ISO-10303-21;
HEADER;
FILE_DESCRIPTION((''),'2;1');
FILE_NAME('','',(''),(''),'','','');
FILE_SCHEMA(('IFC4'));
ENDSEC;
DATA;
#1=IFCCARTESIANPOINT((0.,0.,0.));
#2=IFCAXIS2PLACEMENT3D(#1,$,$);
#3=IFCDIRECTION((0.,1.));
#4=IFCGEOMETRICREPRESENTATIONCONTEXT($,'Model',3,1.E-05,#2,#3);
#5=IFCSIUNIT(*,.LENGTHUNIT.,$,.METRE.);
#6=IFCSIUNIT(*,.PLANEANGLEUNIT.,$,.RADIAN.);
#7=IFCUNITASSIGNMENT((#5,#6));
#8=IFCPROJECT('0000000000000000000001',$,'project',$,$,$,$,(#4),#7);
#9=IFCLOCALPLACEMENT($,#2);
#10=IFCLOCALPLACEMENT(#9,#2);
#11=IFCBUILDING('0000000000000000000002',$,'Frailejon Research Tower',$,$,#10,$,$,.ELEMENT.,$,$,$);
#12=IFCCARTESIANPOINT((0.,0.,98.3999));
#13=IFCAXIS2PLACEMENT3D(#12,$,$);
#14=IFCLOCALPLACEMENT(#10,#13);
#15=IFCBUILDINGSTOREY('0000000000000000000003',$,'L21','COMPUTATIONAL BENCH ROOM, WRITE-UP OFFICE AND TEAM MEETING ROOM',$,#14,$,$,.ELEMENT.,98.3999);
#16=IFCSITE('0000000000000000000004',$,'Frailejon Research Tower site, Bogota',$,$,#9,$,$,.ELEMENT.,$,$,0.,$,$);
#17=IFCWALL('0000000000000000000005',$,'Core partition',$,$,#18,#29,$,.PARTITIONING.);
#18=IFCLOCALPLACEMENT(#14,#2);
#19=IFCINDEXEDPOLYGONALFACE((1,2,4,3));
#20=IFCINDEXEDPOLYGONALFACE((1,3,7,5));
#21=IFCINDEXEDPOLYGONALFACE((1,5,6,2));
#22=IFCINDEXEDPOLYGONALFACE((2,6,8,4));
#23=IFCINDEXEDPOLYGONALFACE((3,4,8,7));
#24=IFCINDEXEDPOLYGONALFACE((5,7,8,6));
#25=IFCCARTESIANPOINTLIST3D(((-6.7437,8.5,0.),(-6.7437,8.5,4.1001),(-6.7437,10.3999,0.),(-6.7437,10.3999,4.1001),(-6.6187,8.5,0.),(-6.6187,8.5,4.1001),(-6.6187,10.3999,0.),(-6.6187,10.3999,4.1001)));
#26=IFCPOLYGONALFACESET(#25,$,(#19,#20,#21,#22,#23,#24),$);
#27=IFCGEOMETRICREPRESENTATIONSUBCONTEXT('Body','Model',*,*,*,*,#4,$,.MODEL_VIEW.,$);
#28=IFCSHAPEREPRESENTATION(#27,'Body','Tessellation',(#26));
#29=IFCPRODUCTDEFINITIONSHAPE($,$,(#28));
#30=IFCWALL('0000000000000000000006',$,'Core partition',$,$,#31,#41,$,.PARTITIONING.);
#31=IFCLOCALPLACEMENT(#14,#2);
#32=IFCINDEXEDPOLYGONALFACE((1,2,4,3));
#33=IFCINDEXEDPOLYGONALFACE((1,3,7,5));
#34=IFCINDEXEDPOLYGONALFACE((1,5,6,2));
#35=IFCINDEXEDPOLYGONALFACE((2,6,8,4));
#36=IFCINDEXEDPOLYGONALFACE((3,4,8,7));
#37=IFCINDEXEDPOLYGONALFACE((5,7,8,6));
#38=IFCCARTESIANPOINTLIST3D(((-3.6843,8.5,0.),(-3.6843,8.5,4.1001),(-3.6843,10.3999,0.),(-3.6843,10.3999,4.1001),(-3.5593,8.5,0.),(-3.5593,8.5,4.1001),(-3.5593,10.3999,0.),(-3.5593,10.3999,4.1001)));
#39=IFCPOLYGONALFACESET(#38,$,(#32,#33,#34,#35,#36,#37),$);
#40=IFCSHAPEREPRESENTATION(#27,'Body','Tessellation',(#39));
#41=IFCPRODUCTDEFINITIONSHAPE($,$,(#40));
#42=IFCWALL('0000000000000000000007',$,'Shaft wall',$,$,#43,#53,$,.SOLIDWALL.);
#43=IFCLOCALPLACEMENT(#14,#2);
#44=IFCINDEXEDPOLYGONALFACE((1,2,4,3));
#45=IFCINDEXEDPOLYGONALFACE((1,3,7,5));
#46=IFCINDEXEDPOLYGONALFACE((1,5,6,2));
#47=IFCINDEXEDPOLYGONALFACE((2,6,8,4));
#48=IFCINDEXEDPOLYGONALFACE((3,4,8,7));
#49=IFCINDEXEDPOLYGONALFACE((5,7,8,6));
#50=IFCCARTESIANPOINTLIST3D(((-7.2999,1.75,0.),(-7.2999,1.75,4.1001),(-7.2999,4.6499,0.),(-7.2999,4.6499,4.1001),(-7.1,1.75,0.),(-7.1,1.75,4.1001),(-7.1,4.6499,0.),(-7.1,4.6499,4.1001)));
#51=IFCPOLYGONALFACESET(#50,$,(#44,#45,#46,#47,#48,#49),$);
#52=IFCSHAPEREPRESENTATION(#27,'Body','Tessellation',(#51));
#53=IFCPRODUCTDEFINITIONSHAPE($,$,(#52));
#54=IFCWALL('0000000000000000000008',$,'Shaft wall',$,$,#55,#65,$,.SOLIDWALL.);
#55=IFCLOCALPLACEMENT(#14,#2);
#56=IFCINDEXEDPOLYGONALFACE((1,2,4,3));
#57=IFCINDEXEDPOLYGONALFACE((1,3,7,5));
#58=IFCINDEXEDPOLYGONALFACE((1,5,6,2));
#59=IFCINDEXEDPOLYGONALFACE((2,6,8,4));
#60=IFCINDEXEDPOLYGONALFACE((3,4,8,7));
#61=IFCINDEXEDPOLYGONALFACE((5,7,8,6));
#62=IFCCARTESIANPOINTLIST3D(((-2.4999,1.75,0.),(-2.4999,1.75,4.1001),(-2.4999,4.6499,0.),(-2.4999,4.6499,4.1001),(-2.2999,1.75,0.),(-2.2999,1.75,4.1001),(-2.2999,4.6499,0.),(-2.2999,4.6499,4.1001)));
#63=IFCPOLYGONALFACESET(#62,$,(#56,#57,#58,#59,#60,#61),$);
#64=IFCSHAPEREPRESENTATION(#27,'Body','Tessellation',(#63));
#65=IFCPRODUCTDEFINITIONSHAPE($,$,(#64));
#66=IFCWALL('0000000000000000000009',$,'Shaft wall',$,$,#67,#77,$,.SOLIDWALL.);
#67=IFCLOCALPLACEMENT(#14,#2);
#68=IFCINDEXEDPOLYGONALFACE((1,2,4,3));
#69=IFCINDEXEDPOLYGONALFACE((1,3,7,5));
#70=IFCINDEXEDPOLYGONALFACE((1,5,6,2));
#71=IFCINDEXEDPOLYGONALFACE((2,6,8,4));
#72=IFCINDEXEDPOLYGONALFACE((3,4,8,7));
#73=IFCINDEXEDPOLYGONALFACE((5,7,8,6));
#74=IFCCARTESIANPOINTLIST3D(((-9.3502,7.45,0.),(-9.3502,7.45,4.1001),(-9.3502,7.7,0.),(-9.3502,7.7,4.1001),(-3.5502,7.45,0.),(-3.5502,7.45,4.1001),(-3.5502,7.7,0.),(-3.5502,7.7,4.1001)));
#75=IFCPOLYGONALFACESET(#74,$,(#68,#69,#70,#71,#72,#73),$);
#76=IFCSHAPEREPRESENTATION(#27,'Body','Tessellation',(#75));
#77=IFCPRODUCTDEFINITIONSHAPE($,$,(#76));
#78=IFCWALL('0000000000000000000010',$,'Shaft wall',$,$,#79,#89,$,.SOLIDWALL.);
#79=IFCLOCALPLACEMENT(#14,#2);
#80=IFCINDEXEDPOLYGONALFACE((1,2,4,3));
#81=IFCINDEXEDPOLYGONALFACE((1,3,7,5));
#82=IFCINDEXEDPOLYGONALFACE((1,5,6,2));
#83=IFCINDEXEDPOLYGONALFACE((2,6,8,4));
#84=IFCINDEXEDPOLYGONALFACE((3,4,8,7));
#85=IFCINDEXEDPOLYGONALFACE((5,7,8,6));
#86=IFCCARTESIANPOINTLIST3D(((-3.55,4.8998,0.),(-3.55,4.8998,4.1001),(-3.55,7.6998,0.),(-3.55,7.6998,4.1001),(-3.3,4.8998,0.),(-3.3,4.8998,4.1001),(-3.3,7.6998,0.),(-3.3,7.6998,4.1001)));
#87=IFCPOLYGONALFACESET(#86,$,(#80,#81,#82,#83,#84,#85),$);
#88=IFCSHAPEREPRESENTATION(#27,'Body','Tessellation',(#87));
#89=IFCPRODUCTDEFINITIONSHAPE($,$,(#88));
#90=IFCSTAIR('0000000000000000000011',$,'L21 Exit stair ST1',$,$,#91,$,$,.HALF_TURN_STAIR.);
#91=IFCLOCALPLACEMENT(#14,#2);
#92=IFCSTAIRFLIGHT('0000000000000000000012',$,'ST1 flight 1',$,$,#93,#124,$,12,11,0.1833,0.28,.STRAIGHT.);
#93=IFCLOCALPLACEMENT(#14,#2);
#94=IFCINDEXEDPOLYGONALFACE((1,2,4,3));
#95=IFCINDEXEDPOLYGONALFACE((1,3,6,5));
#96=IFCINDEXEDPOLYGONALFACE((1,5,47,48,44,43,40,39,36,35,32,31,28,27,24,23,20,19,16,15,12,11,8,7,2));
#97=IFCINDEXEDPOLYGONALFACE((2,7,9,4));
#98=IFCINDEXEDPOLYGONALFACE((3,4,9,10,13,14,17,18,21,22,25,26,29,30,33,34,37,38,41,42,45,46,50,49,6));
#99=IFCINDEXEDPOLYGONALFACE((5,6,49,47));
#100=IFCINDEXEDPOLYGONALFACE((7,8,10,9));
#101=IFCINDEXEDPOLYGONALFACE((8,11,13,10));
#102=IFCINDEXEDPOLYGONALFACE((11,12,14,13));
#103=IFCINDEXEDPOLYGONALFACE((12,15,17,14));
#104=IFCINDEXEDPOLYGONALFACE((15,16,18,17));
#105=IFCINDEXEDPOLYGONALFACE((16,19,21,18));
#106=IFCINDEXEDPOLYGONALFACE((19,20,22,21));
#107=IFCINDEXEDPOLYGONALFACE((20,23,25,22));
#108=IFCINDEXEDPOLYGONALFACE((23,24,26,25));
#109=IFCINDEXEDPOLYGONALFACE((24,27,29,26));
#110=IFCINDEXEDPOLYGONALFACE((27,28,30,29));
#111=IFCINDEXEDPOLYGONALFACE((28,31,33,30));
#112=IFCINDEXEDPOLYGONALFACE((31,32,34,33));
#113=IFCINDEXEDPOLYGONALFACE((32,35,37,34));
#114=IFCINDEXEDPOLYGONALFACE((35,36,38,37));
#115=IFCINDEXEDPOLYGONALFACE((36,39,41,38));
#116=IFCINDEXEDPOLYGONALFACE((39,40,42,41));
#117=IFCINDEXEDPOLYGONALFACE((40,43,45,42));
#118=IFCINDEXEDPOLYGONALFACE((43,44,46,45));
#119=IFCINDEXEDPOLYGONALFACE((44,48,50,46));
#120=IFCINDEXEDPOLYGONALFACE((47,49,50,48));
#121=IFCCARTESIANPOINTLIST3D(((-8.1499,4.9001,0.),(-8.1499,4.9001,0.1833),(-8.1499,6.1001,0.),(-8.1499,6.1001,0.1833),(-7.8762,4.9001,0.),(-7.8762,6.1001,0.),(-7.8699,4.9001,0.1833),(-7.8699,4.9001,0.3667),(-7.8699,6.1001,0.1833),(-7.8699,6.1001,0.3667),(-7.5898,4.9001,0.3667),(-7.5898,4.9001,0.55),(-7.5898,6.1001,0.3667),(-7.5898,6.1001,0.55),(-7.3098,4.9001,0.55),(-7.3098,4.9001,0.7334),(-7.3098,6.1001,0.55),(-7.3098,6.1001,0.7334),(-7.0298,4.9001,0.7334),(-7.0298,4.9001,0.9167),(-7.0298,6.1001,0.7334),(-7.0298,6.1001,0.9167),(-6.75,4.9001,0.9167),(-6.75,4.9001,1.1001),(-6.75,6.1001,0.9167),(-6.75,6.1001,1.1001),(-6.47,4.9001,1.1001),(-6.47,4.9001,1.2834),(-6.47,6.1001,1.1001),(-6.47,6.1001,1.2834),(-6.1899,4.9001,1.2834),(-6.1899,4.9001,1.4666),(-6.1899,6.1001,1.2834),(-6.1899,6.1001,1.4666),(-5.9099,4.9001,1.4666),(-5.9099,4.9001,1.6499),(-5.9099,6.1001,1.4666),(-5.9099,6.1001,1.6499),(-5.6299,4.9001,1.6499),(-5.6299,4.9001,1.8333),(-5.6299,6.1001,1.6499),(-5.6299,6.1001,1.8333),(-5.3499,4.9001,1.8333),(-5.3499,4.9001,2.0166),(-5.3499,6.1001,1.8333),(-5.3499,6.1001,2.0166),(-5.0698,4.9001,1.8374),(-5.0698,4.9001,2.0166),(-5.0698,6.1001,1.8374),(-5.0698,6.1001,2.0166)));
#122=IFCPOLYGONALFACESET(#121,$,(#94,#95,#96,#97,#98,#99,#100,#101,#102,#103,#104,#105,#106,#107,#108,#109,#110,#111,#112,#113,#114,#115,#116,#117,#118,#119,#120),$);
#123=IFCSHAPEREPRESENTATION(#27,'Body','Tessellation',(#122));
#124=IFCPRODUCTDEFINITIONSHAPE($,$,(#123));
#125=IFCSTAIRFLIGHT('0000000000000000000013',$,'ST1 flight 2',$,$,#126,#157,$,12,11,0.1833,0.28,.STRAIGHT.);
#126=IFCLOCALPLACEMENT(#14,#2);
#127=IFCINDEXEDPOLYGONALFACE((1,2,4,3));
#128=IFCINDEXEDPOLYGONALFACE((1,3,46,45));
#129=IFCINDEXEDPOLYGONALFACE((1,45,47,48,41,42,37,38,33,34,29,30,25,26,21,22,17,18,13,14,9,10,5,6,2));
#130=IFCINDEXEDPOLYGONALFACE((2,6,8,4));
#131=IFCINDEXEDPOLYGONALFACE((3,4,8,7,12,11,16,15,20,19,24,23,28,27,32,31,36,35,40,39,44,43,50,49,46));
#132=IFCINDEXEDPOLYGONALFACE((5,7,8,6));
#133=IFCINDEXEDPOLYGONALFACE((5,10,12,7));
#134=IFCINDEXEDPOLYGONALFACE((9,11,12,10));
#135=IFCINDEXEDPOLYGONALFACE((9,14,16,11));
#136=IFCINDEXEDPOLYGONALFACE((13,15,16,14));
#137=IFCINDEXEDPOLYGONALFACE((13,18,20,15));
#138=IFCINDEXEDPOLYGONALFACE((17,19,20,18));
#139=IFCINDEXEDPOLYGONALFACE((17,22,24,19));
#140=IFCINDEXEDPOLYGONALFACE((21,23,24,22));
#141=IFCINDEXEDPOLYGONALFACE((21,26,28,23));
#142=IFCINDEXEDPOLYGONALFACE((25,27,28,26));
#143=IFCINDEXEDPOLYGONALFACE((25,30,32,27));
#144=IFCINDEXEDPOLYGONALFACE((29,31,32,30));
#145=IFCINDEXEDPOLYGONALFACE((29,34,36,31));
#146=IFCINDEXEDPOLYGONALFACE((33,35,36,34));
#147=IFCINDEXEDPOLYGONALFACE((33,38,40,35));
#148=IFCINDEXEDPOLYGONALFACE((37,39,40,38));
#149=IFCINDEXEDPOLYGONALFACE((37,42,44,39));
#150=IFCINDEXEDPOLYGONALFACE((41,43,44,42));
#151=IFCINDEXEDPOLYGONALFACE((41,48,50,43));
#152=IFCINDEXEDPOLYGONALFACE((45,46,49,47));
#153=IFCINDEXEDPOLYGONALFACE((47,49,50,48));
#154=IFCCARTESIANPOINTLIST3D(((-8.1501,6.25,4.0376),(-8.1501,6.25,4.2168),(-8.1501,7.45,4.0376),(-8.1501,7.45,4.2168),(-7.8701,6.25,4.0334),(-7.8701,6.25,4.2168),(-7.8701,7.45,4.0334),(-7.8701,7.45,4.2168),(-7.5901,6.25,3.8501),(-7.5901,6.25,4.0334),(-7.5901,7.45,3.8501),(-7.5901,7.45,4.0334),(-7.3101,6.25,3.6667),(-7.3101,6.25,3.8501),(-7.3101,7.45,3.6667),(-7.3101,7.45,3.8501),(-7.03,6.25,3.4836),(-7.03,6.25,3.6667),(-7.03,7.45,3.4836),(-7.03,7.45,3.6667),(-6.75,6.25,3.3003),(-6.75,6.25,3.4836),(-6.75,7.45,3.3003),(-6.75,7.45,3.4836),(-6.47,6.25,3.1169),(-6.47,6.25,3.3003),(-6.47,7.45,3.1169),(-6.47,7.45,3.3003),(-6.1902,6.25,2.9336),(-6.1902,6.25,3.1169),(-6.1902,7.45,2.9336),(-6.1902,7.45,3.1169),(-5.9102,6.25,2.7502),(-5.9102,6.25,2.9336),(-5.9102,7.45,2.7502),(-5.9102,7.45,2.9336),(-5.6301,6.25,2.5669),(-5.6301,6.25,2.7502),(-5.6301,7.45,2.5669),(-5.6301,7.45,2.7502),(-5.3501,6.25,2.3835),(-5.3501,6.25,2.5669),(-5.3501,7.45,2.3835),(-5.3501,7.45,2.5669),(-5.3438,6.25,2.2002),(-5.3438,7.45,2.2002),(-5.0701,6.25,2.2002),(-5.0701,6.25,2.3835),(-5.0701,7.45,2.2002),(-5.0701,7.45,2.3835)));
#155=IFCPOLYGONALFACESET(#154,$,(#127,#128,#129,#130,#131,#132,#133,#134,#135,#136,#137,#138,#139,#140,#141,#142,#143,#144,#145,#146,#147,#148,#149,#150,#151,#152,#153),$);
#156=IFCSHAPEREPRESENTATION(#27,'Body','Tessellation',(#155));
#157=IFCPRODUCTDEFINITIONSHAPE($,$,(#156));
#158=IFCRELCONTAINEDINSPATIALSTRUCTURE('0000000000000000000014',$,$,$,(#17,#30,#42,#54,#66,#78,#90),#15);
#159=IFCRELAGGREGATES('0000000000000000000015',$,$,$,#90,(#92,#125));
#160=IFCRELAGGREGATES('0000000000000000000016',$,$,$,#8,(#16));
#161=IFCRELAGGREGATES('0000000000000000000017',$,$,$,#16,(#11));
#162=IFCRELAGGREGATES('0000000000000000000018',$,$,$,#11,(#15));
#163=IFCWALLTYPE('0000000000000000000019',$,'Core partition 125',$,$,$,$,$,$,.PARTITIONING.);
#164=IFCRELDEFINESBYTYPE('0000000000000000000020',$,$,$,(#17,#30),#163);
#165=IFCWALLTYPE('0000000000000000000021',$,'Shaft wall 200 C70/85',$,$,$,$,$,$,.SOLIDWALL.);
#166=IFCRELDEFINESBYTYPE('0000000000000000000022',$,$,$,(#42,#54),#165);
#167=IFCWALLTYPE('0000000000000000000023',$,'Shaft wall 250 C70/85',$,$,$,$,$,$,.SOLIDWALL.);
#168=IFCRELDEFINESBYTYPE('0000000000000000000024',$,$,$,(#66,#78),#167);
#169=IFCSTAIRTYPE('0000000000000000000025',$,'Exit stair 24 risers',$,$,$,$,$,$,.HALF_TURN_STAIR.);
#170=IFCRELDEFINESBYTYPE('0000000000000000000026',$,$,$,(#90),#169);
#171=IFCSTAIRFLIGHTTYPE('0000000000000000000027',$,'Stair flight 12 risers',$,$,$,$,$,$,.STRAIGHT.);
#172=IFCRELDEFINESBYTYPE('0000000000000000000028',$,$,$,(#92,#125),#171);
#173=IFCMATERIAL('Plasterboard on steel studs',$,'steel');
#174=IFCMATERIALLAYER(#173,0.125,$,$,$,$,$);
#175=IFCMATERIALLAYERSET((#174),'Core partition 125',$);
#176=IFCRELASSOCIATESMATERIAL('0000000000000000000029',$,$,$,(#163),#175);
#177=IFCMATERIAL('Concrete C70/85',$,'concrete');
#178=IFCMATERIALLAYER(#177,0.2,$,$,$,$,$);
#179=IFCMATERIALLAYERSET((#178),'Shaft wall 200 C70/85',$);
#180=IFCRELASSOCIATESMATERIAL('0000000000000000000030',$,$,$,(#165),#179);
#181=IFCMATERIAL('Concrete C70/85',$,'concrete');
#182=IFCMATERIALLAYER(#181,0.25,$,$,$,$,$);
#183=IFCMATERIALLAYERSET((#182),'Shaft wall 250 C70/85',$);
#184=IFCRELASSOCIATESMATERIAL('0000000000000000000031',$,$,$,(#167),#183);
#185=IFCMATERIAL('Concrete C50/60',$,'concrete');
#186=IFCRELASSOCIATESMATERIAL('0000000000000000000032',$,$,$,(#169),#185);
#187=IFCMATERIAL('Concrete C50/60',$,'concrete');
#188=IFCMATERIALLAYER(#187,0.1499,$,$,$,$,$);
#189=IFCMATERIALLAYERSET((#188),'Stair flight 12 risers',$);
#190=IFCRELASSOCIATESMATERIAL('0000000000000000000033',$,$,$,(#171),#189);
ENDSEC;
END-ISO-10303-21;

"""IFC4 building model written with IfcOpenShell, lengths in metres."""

from ifc_helpers import new_model, si_unit, direction, frame, frame_2d, origin, place, context, subcontext, project, spatial, polyline, rectangle, outline, extrude, material, layer, layer_set, type_object, element, aggregate, save


model = new_model("IFC4")

# Units and contexts
model_context = context("Model", 3, precision=1e-05, world=origin(), true_north=direction((0.0, 1.0)))
body_context = subcontext(model_context, "Body", "Model", "MODEL_VIEW")
ifc_project = project(units=[si_unit("LENGTHUNIT", "METRE"), si_unit("PLANEANGLEUNIT", "RADIAN")], contexts=[model_context])

# Site, building, storey
site_placement = place(None, origin())
site = spatial("IfcSite", under=ifc_project, at=site_placement, Name="Frailejon Research Tower site, Bogota", CompositionType="ELEMENT", RefElevation=0.0)
building_placement = place(site_placement, origin())
building = spatial("IfcBuilding", under=site, at=building_placement, Name="Frailejon Research Tower", CompositionType="ELEMENT")
storey_placement = place(building_placement, frame((0.0, 0.0, 98.3999)))
storey = spatial("IfcBuildingStorey", under=building, at=storey_placement, Name="L21", Description="COMPUTATIONAL BENCH ROOM, WRITE-UP OFFICE AND TEAM MEETING ROOM", CompositionType="ELEMENT", Elevation=98.3999)

# Walls
ifc_material_1 = material(Name="Plasterboard on steel studs", Category="steel")
ifc_layer_1 = layer(ifc_material_1, 0.125)
ifc_layer_set_1 = layer_set([ifc_layer_1], Name="Core partition 125")
wall_type_1 = type_object("IfcWallType", Name="Core partition 125", PredefinedType="PARTITIONING", material=ifc_layer_set_1)
for number, where, z_axis, x_axis, name in (
    (1, (-6.6812, 8.5, 0.0), (0.0, 0.0, 1.0), (0.0, 1.0, 0.0), "Core partition"),
    (2, (-3.6218, 8.5, 0.0), (0.0, 0.0, 1.0), (0.0, 1.0, 0.0), "Core partition"),
):
    element("IfcWall", number, at=place(storey_placement, frame(where, z_axis=z_axis, x_axis=x_axis)), inside=storey, type_object=wall_type_1, Name=name, PredefinedType="PARTITIONING", context=body_context, shape_type="SweptSolid", body=[
        extrude(rectangle(XDim=1.8999, YDim=0.125, at=frame_2d((0.95, 0.0))), origin(), (0.0, 0.0, 1.0), 4.1001),
    ])
ifc_material_2 = material(Name="Concrete C70/85", Category="concrete")
ifc_layer_2 = layer(ifc_material_2, 0.2)
ifc_layer_set_2 = layer_set([ifc_layer_2], Name="Shaft wall 200 C70/85")
wall_type_2 = type_object("IfcWallType", Name="Shaft wall 200 C70/85", PredefinedType="SOLIDWALL", material=ifc_layer_set_2)
for number, where, z_axis, x_axis, name in (
    (3, (-7.2, 1.75, 0.0), (0.0, 0.0, 1.0), (0.0, 1.0, 0.0), "Shaft wall"),
    (4, (-2.3999, 1.75, 0.0), (0.0, 0.0, 1.0), (0.0, 1.0, 0.0), "Shaft wall"),
):
    element("IfcWall", number, at=place(storey_placement, frame(where, z_axis=z_axis, x_axis=x_axis)), inside=storey, type_object=wall_type_2, Name=name, PredefinedType="SOLIDWALL", context=body_context, shape_type="SweptSolid", body=[
        extrude(rectangle(XDim=2.8999, YDim=0.2, at=frame_2d((1.45, 0.0))), origin(), (0.0, 0.0, 1.0), 4.1001),
    ])
ifc_material_3 = material(Name="Concrete C70/85", Category="concrete")
ifc_layer_3 = layer(ifc_material_3, 0.25)
ifc_layer_set_3 = layer_set([ifc_layer_3], Name="Shaft wall 250 C70/85")
wall_type_3 = type_object("IfcWallType", Name="Shaft wall 250 C70/85", PredefinedType="SOLIDWALL", material=ifc_layer_set_3)
wall_1_placement = place(storey_placement, frame((-9.3501, 7.575, 0.0), z_axis=(0.0, 0.0, 1.0), x_axis=(1.0, 0.0, 0.0)))
element("IfcWall", 5, at=wall_1_placement, inside=storey, type_object=wall_type_3, Name="Shaft wall", PredefinedType="SOLIDWALL", context=body_context, shape_type="SweptSolid", body=[
    extrude(rectangle(XDim=5.8, YDim=0.25, at=frame_2d((2.8999, 0.0))), origin(), (0.0, 0.0, 1.0), 4.1001),
])
wall_2_placement = place(storey_placement, frame((-3.425, 4.8999, 0.0), z_axis=(0.0, 0.0, 1.0), x_axis=(0.0, 1.0, 0.0)))
element("IfcWall", 6, at=wall_2_placement, inside=storey, type_object=wall_type_3, Name="Shaft wall", PredefinedType="SOLIDWALL", context=body_context, shape_type="SweptSolid", body=[
    extrude(rectangle(XDim=2.8, YDim=0.25, at=frame_2d((1.3999, 0.0))), origin(), (0.0, 0.0, 1.0), 4.1001),
])

# Stair, stair flights
ifc_material_4 = material(Name="Concrete C50/60", Category="concrete")
stair_type = type_object("IfcStairType", Name="Exit stair 24 risers", PredefinedType="HALF_TURN_STAIR", material=ifc_material_4)
stair_placement = place(storey_placement, origin())
stair = element("IfcStair", 7, at=stair_placement, inside=storey, type_object=stair_type, Name="L21 Exit stair ST1", PredefinedType="HALF_TURN_STAIR")
ifc_material_5 = material(Name="Concrete C50/60", Category="concrete")
ifc_layer_4 = layer(ifc_material_5, 0.1499)
ifc_layer_set_4 = layer_set([ifc_layer_4], Name="Stair flight 12 risers")
stair_flight_type = type_object("IfcStairFlightType", Name="Stair flight 12 risers", PredefinedType="STRAIGHT", material=ifc_layer_set_4)
stair_flight_1_placement = place(storey_placement, frame((-8.1499, 5.5, 0.0), z_axis=(0.0, 0.0, 1.0), x_axis=(1.0, 0.0, 0.0)))
stair_flight_1 = element("IfcStairFlight", 8, at=stair_flight_1_placement, type_object=stair_flight_type, Name="ST1 flight 1", NumberOfRisers=12, NumberOfTreads=11, PredefinedType="STRAIGHT", RiserHeight=0.1833, TreadLength=0.28, context=body_context, shape_type="SweptSolid", body=[
    extrude(outline(polyline([(0.0, 0.0), (0.0, 0.1833), (0.28, 0.1833), (0.28, 0.3667), (0.5601, 0.3667), (0.5601, 0.55), (0.8401, 0.55), (0.8401, 0.7334), (1.1201, 0.7334), (1.1201, 0.9167), (1.3999, 0.9167), (1.3999, 1.1001), (1.6799, 1.1001), (1.6799, 1.2834), (1.96, 1.2834), (1.96, 1.4666), (2.24, 1.4666), (2.24, 1.6499), (2.52, 1.6499), (2.52, 1.8333), (2.8, 1.8333), (2.8, 2.0166), (3.0801, 2.0166), (3.0801, 2.2), (3.0801, 1.8374), (0.2737, 0.0), (0.0, 0.0)])), frame((0.0, 0.6001, 0.0), z_axis=(0.0, -1.0, 0.0), x_axis=(1.0, 0.0, 0.0)), (0.0, 0.0, 1.0), 1.2),
])
stair_flight_2_placement = place(storey_placement, frame((-5.0701, 6.8501, 2.2002), z_axis=(0.0, 0.0, 1.0), x_axis=(-1.0, 0.0, 0.0)))
stair_flight_2 = element("IfcStairFlight", 9, at=stair_flight_2_placement, type_object=stair_flight_type, Name="ST1 flight 2", NumberOfRisers=12, NumberOfTreads=11, PredefinedType="STRAIGHT", RiserHeight=0.1833, TreadLength=0.28, context=body_context, shape_type="SweptSolid", body=[
    extrude(outline(polyline([(0.0, 0.0), (0.0, 0.1833), (0.28, 0.1833), (0.28, 0.3667), (0.5601, 0.3667), (0.5601, 0.55), (0.8401, 0.55), (0.8401, 0.7334), (1.1201, 0.7334), (1.1201, 0.9167), (1.3999, 0.9167), (1.3999, 1.1001), (1.6799, 1.1001), (1.6799, 1.2834), (1.96, 1.2834), (1.96, 1.4666), (2.24, 1.4666), (2.24, 1.6499), (2.52, 1.6499), (2.52, 1.8333), (2.8, 1.8333), (2.8, 2.0166), (3.0801, 2.0166), (3.0801, 2.2), (3.0801, 1.8374), (0.2737, 0.0), (0.0, 0.0)])), frame((0.0, 0.6001, 0.0), z_axis=(0.0, -1.0, 0.0), x_axis=(1.0, 0.0, 0.0)), (0.0, 0.0, 1.0), 1.2),
])
aggregate(stair, [stair_flight_1, stair_flight_2])

save(model, "model.ifc")
